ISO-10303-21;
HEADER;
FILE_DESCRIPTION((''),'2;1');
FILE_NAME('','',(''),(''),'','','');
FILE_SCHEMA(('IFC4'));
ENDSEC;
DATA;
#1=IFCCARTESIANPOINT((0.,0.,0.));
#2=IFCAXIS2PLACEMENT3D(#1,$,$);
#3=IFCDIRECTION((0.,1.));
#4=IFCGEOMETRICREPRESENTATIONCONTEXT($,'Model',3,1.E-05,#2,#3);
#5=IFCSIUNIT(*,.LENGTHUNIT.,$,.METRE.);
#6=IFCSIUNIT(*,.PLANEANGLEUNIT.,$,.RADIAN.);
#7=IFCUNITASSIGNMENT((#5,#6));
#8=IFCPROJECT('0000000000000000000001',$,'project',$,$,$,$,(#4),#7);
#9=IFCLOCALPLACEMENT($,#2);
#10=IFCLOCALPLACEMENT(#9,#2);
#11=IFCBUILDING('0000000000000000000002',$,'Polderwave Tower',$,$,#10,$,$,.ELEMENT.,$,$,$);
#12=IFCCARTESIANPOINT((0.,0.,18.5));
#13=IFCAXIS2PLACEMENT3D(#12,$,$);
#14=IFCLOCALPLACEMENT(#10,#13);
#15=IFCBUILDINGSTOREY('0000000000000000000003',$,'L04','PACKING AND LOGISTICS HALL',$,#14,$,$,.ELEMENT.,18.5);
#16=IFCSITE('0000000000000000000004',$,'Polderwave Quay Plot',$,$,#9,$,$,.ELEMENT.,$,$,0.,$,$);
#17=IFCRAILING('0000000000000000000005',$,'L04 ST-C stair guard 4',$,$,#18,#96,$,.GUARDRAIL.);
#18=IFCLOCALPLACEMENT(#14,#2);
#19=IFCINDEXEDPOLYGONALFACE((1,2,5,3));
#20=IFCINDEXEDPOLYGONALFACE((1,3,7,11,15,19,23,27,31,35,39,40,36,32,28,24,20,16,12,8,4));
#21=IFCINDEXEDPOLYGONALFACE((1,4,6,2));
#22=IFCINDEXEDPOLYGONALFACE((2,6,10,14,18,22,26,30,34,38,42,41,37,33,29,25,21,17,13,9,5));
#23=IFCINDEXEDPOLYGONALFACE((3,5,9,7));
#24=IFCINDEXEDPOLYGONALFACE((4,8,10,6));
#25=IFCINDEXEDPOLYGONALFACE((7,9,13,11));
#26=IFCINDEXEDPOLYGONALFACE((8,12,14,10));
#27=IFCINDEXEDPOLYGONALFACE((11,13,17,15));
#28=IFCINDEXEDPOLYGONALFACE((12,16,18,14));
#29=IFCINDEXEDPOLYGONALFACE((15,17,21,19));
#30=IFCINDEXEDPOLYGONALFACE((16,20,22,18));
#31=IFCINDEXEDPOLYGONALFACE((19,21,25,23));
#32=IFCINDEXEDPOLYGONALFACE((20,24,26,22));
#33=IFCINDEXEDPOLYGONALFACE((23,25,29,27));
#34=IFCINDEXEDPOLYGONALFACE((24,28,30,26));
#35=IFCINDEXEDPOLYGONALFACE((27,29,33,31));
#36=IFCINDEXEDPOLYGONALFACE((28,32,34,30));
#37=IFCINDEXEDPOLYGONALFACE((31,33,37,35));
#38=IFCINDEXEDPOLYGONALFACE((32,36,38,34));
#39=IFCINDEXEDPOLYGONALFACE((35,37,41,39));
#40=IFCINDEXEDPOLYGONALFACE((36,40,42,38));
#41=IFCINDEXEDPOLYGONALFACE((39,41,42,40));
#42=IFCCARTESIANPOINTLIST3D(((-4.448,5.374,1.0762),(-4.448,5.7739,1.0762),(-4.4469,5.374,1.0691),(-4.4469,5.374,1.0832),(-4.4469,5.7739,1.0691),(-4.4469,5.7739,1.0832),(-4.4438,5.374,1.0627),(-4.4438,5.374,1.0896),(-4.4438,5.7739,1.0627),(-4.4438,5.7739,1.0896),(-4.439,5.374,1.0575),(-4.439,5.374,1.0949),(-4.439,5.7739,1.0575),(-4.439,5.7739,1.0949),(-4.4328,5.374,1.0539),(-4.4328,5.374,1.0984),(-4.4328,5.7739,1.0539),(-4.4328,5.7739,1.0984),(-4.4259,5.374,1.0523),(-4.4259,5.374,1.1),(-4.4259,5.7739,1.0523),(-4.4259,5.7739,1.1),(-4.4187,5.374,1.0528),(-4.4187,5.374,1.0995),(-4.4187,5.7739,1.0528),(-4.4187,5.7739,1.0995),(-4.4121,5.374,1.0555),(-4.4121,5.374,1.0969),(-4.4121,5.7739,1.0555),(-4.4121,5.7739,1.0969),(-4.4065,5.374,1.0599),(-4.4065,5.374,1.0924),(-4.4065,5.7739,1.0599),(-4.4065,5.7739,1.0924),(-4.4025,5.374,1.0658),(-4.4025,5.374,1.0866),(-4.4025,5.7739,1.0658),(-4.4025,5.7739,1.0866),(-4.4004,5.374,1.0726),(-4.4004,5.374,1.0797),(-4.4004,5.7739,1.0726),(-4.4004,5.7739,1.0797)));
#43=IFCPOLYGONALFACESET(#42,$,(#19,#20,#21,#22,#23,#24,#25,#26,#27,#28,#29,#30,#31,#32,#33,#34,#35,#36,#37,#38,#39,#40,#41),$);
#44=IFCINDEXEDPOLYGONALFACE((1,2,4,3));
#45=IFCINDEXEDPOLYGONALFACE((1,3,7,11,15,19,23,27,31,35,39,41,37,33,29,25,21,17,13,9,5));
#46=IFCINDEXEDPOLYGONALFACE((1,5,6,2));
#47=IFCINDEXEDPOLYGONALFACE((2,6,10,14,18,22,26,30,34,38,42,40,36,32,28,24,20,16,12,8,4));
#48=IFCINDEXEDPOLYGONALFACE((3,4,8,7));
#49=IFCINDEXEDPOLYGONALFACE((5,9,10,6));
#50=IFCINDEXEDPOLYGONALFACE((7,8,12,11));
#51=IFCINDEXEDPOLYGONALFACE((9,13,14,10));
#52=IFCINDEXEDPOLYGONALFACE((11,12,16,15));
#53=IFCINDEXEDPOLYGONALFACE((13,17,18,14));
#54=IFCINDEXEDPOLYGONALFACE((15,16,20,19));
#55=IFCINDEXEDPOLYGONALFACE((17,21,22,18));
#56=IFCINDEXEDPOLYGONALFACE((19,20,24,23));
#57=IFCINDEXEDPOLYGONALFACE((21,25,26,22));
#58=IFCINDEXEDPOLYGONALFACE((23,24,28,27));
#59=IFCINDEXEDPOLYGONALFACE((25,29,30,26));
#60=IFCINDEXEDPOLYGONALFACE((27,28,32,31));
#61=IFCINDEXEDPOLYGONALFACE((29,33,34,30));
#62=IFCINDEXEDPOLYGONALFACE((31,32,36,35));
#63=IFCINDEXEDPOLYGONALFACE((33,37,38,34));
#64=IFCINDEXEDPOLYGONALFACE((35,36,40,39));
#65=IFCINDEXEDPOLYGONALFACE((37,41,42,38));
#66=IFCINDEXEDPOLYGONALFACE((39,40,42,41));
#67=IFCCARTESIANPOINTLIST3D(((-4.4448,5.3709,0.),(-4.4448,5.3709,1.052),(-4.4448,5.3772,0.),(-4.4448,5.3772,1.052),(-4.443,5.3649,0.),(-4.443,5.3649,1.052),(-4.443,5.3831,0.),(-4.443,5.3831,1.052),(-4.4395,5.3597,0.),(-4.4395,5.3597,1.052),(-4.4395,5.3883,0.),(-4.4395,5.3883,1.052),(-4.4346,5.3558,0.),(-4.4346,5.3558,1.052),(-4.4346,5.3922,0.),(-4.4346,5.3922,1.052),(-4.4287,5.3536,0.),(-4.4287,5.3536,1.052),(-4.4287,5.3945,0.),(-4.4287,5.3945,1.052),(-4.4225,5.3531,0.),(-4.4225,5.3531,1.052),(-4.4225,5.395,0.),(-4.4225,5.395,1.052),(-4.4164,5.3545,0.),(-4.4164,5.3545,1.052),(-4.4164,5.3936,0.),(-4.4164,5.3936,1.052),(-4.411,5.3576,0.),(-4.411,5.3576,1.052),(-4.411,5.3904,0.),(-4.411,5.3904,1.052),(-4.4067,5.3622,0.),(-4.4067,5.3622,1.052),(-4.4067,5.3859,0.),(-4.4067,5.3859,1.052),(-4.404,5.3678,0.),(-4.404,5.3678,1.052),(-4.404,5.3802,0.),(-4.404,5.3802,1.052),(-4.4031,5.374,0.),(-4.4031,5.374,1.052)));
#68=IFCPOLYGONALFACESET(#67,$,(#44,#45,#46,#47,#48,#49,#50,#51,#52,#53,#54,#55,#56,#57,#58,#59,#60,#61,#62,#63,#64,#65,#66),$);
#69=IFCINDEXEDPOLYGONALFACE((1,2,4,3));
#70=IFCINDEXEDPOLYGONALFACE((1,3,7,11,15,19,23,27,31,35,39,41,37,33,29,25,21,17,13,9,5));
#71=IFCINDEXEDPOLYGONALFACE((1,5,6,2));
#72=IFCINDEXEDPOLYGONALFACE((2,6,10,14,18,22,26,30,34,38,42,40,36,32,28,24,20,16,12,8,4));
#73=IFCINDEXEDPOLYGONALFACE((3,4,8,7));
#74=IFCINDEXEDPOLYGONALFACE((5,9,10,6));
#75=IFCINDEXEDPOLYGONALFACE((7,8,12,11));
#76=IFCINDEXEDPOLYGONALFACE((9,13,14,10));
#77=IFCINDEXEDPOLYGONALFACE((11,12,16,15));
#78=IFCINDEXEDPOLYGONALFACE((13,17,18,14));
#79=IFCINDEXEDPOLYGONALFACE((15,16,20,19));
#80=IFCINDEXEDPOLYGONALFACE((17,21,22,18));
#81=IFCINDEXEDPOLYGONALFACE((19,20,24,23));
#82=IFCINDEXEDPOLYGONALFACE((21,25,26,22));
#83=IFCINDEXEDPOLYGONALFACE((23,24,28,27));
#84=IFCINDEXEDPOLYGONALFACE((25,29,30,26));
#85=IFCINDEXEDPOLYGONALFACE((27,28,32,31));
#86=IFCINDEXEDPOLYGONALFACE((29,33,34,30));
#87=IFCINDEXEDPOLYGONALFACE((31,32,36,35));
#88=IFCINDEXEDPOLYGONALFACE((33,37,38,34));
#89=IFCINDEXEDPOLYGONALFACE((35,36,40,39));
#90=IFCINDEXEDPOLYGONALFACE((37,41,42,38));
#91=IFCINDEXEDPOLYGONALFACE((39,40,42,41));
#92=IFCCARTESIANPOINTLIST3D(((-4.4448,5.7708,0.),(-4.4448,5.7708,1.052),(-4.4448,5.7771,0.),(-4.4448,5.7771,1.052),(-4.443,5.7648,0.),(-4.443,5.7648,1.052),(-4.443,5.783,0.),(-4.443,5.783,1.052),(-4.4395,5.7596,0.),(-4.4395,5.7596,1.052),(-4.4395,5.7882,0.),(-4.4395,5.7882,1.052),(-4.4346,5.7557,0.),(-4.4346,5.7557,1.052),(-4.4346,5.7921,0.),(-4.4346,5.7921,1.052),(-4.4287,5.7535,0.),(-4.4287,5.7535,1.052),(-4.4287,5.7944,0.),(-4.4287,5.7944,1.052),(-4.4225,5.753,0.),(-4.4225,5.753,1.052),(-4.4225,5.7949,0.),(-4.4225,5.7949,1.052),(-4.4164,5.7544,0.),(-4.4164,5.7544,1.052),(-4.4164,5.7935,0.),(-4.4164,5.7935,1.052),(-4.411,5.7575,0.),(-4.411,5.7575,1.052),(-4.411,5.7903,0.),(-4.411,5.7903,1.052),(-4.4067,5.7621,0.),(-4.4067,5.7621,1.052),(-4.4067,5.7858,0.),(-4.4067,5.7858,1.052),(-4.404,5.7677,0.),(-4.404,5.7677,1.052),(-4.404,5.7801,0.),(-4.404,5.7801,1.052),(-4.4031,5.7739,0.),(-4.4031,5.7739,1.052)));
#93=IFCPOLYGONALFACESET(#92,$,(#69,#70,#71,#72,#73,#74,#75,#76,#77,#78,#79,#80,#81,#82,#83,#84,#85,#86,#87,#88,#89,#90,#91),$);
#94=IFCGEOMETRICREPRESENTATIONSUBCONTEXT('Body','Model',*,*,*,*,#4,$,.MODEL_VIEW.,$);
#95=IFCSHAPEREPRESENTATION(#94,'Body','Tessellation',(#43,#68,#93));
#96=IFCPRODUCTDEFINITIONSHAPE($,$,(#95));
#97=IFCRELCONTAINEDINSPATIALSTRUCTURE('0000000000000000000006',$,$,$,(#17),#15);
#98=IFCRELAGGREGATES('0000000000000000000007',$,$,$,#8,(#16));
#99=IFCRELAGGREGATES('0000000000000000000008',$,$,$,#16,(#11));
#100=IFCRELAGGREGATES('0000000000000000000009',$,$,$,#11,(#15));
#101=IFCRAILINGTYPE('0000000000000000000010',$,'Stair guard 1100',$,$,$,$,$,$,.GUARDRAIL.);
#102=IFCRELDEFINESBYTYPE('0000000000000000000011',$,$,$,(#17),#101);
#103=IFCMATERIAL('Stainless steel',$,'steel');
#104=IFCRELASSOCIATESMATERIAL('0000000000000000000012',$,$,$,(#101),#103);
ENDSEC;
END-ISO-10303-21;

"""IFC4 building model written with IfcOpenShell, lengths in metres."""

from ifc_helpers import new_model, si_unit, direction, frame, origin, origin_2d, place, context, subcontext, project, spatial, circle, extrude, material, type_object, element, save


model = new_model("IFC4")

# Units and contexts
model_context = context("Model", 3, precision=1e-05, world=origin(), true_north=direction((0.0, 1.0)))
body_context = subcontext(model_context, "Body", "Model", "MODEL_VIEW")
ifc_project = project(units=[si_unit("LENGTHUNIT", "METRE"), si_unit("PLANEANGLEUNIT", "RADIAN")], contexts=[model_context])

# Site, building, storey
site_placement = place(None, origin())
site = spatial("IfcSite", under=ifc_project, at=site_placement, Name="Polderwave Quay Plot", CompositionType="ELEMENT", RefElevation=0.0)
building_placement = place(site_placement, origin())
building = spatial("IfcBuilding", under=site, at=building_placement, Name="Polderwave Tower", CompositionType="ELEMENT")
storey_placement = place(building_placement, frame((0.0, 0.0, 18.5)))
storey = spatial("IfcBuildingStorey", under=building, at=storey_placement, Name="L04", Description="PACKING AND LOGISTICS HALL", CompositionType="ELEMENT", Elevation=18.5)

# Railing
ifc_material_1 = material(Name="Stainless steel", Category="steel")
railing_type_1 = type_object("IfcRailingType", Name="Stair guard 1100", PredefinedType="GUARDRAIL", material=ifc_material_1)
railing_1_placement = place(storey_placement, frame((-4.4241, 5.374, 0.0)))
element("IfcRailing", 1, at=railing_1_placement, inside=storey, type_object=railing_type_1, Name="L04 ST-C stair guard 4", PredefinedType="GUARDRAIL", context=body_context, shape_type="SweptSolid", body=[
    extrude(circle(Radius=0.0239, at=origin_2d()), frame((0.0, 0.0, 1.0762), z_axis=(0.0, 1.0, 0.0), x_axis=(-1.0, 0.0, 0.0)), (0.0, 0.0, 1.0), 0.3999),
    extrude(circle(Radius=0.021, at=origin_2d()), origin(), (0.0, 0.0, 1.0), 1.052),
    extrude(circle(Radius=0.021, at=origin_2d()), frame((0.0, 0.3999, 0.0)), (0.0, 0.0, 1.0), 1.052),
])

save(model, "model.ifc")
